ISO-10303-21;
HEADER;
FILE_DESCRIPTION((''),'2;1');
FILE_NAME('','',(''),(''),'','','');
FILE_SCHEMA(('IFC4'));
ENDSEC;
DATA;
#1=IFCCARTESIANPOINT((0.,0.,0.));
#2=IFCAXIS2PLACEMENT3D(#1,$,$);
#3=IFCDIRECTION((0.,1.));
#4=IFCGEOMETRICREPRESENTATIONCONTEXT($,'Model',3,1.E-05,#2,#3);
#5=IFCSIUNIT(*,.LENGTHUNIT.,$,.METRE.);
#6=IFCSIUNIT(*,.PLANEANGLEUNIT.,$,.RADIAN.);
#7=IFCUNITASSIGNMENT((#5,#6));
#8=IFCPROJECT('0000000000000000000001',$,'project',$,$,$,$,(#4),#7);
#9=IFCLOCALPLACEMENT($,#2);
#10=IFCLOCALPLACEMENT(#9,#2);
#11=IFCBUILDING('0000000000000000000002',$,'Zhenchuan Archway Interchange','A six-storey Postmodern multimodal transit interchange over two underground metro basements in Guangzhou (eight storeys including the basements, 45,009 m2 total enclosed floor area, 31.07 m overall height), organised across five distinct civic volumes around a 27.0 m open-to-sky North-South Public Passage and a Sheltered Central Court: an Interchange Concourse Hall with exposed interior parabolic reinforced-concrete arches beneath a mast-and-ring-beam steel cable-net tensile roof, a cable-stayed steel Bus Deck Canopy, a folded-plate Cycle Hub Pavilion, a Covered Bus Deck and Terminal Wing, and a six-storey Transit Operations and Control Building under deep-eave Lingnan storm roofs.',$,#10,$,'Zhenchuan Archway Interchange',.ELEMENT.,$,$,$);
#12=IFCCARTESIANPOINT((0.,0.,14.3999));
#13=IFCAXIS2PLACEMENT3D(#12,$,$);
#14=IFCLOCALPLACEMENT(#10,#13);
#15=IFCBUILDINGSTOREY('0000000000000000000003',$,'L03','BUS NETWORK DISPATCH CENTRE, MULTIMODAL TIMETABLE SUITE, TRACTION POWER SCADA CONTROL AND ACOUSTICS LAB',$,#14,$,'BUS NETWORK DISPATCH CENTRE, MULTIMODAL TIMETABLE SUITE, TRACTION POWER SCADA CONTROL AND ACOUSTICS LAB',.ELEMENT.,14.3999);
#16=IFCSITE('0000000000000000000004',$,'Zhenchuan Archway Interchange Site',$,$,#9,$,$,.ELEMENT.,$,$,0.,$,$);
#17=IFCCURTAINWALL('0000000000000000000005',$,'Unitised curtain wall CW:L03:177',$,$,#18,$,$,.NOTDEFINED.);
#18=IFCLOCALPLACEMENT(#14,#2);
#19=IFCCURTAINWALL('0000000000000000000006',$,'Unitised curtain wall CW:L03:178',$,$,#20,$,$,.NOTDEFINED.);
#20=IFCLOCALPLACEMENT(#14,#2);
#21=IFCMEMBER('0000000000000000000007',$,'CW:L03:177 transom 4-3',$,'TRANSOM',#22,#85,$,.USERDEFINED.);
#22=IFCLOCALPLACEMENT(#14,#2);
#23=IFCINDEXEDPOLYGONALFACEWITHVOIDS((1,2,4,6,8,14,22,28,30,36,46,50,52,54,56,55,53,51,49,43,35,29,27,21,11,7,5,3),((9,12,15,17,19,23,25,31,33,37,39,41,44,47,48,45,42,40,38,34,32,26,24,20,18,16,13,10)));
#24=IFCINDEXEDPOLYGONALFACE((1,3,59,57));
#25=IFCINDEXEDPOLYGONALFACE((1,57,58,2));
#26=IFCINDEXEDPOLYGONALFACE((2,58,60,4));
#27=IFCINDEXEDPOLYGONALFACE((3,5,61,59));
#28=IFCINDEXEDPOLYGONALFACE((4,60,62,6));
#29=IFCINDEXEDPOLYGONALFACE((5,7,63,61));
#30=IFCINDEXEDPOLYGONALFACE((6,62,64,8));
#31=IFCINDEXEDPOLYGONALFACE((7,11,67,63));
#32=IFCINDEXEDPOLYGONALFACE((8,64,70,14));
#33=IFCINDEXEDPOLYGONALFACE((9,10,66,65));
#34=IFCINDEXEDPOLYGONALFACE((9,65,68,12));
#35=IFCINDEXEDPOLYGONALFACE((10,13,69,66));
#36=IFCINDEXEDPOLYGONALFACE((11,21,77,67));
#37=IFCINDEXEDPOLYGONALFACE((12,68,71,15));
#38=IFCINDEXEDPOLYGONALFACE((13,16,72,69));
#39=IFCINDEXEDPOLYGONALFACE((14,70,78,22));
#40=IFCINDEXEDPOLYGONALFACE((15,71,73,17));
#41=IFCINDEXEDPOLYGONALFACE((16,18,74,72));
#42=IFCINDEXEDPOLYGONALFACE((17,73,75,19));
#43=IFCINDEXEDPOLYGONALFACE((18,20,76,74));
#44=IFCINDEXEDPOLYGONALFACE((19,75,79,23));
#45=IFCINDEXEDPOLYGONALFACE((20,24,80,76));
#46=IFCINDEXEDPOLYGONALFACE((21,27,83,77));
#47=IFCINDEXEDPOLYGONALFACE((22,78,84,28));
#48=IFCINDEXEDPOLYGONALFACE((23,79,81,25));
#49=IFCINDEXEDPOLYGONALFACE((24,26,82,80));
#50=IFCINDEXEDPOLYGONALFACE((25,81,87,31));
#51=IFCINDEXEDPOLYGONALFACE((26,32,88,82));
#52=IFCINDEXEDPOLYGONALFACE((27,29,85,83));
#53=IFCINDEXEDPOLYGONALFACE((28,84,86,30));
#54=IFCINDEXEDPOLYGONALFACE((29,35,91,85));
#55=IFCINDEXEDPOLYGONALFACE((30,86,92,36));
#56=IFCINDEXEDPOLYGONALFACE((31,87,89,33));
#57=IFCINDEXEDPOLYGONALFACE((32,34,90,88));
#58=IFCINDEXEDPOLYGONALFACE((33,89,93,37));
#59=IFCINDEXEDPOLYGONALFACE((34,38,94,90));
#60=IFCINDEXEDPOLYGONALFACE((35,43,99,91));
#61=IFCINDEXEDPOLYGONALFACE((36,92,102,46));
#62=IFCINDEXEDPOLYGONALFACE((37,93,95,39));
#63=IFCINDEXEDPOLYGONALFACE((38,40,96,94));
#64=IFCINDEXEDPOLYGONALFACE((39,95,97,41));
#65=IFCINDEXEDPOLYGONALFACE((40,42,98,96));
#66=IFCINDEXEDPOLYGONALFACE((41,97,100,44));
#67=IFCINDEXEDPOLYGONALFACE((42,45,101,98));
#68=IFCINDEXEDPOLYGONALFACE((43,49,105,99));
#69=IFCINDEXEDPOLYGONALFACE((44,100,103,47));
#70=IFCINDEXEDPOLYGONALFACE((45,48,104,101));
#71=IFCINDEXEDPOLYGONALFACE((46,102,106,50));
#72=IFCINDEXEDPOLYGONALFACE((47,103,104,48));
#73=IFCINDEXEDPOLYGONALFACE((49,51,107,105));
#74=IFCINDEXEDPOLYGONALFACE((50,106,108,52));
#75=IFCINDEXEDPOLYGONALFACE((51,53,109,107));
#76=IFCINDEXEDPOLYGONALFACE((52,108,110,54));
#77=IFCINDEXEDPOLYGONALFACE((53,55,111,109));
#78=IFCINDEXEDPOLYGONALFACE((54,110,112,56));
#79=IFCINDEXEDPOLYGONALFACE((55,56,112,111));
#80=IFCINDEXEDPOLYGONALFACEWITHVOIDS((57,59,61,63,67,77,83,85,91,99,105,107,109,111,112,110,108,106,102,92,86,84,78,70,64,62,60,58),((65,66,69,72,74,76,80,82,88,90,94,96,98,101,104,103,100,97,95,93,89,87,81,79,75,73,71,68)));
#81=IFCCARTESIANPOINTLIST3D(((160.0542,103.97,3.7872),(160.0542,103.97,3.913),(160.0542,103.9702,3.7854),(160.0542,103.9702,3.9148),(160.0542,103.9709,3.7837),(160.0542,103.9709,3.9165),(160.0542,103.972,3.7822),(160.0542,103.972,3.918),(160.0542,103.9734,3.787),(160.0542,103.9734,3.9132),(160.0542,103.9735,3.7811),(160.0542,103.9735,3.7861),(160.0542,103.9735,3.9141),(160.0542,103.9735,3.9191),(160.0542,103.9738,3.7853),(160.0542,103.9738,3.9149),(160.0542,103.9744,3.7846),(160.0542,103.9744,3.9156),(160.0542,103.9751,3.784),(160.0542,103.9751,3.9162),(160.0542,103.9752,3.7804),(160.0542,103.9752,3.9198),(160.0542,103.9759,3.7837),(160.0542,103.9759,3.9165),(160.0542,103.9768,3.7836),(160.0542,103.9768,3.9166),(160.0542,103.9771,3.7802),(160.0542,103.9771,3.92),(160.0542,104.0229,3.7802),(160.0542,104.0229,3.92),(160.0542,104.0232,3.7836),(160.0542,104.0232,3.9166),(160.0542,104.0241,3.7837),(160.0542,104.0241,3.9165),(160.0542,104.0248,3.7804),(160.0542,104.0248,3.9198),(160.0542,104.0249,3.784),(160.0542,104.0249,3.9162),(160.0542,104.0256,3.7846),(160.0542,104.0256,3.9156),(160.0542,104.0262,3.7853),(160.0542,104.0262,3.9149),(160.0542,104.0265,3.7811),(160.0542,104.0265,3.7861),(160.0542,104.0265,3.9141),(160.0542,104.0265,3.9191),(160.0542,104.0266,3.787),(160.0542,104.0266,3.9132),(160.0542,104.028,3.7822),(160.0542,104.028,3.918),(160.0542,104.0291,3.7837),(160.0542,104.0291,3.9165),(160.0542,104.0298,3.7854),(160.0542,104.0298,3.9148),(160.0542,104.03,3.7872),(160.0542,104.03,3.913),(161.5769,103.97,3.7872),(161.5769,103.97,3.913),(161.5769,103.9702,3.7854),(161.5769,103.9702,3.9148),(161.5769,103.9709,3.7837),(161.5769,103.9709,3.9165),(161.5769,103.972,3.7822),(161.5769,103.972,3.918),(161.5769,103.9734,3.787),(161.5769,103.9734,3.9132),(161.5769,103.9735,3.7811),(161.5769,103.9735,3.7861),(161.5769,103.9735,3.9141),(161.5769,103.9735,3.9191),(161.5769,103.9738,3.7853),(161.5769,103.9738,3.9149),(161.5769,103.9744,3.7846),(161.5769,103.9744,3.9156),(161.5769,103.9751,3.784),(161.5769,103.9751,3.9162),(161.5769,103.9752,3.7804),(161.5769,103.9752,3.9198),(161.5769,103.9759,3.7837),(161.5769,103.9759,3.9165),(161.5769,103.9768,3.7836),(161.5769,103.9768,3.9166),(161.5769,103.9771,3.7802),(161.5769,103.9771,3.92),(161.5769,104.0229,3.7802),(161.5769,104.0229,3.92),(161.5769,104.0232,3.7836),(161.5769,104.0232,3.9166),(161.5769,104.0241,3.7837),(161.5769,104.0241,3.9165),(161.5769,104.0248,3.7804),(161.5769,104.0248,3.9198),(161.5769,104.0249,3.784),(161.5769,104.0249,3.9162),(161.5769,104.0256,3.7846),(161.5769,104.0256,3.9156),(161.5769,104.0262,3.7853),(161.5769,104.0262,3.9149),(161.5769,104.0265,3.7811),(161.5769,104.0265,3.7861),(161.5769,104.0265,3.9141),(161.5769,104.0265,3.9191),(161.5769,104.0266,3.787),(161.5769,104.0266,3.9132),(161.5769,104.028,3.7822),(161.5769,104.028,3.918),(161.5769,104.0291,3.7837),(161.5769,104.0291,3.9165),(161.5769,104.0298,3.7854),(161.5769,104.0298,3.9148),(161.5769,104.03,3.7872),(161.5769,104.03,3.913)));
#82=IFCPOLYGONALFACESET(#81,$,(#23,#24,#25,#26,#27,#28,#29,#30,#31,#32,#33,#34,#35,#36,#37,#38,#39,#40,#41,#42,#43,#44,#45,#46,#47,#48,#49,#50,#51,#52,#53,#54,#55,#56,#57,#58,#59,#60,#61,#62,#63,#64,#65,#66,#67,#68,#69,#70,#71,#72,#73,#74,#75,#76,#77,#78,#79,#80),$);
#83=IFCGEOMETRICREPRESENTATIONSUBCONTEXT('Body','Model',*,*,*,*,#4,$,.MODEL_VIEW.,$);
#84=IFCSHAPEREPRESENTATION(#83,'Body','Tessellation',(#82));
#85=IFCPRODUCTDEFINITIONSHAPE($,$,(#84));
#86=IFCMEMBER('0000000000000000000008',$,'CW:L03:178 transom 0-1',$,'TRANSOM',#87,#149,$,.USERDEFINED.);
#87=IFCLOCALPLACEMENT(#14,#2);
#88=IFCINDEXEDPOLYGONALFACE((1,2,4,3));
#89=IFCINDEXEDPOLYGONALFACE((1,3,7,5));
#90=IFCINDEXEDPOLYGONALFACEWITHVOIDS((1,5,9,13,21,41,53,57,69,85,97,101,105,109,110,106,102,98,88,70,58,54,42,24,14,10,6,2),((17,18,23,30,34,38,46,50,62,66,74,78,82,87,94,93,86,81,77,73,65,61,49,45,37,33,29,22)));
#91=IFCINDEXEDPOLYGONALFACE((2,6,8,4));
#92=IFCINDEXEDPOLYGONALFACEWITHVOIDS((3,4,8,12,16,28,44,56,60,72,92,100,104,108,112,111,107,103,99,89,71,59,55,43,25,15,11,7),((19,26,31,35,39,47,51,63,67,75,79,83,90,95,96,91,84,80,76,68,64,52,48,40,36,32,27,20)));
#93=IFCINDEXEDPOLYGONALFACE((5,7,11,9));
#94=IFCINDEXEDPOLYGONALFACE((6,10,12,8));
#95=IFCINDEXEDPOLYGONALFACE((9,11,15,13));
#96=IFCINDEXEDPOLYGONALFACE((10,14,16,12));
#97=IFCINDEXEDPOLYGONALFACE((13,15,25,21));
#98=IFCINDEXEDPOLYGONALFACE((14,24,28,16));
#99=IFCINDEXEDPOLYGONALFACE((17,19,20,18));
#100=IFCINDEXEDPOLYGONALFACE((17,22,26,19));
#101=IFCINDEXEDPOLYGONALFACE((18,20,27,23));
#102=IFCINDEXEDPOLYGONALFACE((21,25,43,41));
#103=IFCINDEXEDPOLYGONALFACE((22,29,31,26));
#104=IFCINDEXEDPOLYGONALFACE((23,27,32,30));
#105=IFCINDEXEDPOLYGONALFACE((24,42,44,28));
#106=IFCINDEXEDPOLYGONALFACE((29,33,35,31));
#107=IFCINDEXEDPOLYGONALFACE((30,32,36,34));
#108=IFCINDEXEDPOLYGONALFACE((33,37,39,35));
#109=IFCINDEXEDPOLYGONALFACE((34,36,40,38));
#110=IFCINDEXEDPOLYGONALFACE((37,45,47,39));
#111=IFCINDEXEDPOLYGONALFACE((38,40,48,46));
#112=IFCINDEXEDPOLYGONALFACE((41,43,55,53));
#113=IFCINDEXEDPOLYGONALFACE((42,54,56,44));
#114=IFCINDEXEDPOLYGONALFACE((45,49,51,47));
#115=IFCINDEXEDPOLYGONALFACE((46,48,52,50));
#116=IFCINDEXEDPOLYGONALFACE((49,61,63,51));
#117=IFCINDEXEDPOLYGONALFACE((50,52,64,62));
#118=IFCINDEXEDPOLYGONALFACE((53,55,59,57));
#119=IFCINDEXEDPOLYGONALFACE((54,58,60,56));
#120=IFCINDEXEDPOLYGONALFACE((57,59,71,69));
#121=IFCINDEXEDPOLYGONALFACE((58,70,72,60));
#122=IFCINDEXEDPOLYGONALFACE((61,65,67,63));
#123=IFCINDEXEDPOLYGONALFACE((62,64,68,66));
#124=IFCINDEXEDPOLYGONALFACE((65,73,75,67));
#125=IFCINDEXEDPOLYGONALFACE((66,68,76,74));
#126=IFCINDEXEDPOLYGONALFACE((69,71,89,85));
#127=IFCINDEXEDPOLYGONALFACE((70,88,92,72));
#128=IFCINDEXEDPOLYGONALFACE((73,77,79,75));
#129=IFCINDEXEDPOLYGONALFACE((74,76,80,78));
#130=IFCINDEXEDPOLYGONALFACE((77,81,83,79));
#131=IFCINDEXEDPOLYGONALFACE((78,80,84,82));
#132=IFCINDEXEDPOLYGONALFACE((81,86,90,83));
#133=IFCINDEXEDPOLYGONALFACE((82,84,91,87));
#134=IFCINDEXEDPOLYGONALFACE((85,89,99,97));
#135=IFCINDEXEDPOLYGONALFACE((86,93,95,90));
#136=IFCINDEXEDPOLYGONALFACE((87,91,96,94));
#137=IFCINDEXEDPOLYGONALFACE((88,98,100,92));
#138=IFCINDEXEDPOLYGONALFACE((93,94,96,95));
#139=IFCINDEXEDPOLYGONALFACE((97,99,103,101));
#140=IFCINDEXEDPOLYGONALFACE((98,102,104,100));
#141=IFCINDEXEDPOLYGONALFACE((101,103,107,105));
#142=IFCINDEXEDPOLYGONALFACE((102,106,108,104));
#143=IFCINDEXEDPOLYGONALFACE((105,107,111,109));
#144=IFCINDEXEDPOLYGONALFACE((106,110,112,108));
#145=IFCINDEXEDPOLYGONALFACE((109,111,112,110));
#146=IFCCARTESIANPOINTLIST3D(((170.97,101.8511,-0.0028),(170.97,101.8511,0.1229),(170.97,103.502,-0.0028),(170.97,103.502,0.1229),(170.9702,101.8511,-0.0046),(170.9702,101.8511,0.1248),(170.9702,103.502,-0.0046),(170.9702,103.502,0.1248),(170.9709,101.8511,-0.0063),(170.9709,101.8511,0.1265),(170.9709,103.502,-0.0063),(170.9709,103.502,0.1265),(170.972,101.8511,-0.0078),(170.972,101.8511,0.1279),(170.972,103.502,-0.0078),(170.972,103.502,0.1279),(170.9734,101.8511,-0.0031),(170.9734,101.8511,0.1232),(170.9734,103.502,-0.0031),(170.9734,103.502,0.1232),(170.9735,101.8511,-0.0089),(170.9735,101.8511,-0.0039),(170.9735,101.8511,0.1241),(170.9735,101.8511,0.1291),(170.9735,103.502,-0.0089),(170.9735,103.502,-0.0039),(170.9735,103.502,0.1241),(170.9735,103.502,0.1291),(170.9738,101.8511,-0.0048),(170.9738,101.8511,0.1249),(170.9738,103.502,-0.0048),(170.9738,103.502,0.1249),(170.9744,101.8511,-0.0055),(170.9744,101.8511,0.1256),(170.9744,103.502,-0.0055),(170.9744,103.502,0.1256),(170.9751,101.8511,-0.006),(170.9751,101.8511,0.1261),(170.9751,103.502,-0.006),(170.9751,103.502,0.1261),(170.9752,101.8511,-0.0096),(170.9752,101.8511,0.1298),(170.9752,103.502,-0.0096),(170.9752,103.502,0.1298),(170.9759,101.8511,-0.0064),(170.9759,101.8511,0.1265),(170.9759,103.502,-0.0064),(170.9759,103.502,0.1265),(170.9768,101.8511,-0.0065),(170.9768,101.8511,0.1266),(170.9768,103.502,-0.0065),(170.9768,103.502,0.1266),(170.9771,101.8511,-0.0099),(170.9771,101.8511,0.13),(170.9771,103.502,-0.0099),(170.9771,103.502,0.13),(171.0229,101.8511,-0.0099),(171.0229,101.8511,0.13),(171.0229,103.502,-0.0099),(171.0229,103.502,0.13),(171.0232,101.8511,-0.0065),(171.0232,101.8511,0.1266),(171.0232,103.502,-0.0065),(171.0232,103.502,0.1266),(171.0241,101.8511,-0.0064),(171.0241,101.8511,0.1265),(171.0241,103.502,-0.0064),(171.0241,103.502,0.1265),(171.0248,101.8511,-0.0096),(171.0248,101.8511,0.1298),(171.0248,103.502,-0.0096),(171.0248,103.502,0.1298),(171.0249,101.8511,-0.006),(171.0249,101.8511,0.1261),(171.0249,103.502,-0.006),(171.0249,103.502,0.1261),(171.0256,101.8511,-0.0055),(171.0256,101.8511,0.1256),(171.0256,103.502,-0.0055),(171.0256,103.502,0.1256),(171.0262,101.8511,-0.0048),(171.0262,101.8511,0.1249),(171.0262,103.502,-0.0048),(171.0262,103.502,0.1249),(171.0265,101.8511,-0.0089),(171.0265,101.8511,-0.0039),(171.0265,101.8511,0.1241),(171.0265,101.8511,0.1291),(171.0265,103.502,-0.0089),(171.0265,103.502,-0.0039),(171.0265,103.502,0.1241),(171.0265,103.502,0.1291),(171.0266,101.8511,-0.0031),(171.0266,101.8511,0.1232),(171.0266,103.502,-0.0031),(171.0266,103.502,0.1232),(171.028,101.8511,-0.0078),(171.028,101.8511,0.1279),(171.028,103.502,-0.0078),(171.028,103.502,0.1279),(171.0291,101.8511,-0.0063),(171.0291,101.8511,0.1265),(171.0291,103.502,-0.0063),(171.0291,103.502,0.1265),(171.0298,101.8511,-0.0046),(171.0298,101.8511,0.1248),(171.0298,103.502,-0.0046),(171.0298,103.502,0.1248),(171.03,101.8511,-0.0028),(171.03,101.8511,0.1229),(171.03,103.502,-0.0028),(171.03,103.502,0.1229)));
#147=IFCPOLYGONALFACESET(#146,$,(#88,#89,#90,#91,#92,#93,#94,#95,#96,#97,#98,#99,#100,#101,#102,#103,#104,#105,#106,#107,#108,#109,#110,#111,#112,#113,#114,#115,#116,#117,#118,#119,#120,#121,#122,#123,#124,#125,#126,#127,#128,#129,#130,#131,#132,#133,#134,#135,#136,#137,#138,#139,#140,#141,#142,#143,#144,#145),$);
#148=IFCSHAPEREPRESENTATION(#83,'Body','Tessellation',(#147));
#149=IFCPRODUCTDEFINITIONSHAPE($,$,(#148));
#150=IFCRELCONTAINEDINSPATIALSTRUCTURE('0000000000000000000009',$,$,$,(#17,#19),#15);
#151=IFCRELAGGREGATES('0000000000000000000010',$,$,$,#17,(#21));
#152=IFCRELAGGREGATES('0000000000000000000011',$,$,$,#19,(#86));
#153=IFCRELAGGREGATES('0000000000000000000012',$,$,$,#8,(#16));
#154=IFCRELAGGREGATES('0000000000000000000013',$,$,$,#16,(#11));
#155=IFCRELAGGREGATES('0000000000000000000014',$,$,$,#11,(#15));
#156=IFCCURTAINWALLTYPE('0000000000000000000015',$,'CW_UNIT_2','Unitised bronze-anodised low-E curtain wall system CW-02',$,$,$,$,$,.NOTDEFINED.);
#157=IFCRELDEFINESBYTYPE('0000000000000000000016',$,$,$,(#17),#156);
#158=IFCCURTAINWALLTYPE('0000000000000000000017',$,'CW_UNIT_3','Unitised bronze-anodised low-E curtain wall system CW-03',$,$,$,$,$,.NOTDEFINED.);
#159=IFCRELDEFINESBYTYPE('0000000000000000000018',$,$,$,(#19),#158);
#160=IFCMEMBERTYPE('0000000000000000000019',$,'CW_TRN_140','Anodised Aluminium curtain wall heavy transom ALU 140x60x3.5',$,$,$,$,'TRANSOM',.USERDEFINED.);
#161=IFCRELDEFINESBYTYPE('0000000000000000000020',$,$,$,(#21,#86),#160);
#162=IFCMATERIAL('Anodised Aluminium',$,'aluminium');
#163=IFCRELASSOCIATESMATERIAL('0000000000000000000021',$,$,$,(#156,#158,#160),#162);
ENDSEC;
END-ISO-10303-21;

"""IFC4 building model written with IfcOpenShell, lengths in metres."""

from ifc_helpers import new_model, si_unit, direction, frame, origin, origin_2d, place, context, subcontext, project, spatial, hollow_rectangle, extrude, material, material_profile, profile_set, type_object, element, aggregate, save


model = new_model("IFC4")

# Units and contexts
model_context = context("Model", 3, precision=1e-05, world=origin(), true_north=direction((0.0, 1.0)))
body_context = subcontext(model_context, "Body", "Model", "MODEL_VIEW")
ifc_project = project(units=[si_unit("LENGTHUNIT", "METRE"), si_unit("PLANEANGLEUNIT", "RADIAN")], contexts=[model_context])

# Site, building, storey
site_placement = place(None, origin())
site = spatial("IfcSite", under=ifc_project, at=site_placement, Name="Zhenchuan Archway Interchange Site", CompositionType="ELEMENT", RefElevation=0.0)
building_placement = place(site_placement, origin())
building = spatial("IfcBuilding", under=site, at=building_placement, Name="Zhenchuan Archway Interchange", Description="A six-storey Postmodern multimodal transit interchange over two underground metro basements in Guangzhou (eight storeys including the basements, 45,009 m2 total enclosed floor area, 31.07 m overall height), organised across five distinct civic volumes around a 27.0 m open-to-sky North-South Public Passage and a Sheltered Central Court: an Interchange Concourse Hall with exposed interior parabolic reinforced-concrete arches beneath a mast-and-ring-beam steel cable-net tensile roof, a cable-stayed steel Bus Deck Canopy, a folded-plate Cycle Hub Pavilion, a Covered Bus Deck and Terminal Wing, and a six-storey Transit Operations and Control Building under deep-eave Lingnan storm roofs.", LongName="Zhenchuan Archway Interchange", CompositionType="ELEMENT")
storey_placement = place(building_placement, frame((0.0, 0.0, 14.3999)))
storey = spatial("IfcBuildingStorey", under=building, at=storey_placement, Name="L03", Description="BUS NETWORK DISPATCH CENTRE, MULTIMODAL TIMETABLE SUITE, TRACTION POWER SCADA CONTROL AND ACOUSTICS LAB", LongName="BUS NETWORK DISPATCH CENTRE, MULTIMODAL TIMETABLE SUITE, TRACTION POWER SCADA CONTROL AND ACOUSTICS LAB", CompositionType="ELEMENT", Elevation=14.3999)

# Curtain walls
ifc_material_1 = material(Name="Anodised Aluminium", Category="aluminium")
curtain_wall_type_1 = type_object("IfcCurtainWallType", Name="CW_UNIT_2", Description="Unitised bronze-anodised low-E curtain wall system CW-02", PredefinedType="NOTDEFINED", material=ifc_material_1)
curtain_wall_1_placement = place(storey_placement, origin())
curtain_wall_1 = element("IfcCurtainWall", 1, at=curtain_wall_1_placement, inside=storey, type_object=curtain_wall_type_1, Name="Unitised curtain wall CW:L03:177", PredefinedType="NOTDEFINED")
curtain_wall_type_2 = type_object("IfcCurtainWallType", Name="CW_UNIT_3", Description="Unitised bronze-anodised low-E curtain wall system CW-03", PredefinedType="NOTDEFINED", material=ifc_material_1)
curtain_wall_2_placement = place(storey_placement, origin())
curtain_wall_2 = element("IfcCurtainWall", 2, at=curtain_wall_2_placement, inside=storey, type_object=curtain_wall_type_2, Name="Unitised curtain wall CW:L03:178", PredefinedType="NOTDEFINED")

# Members
ifc_material_profile_1 = material_profile(ifc_material_1, hollow_rectangle(XDim=0.0601, YDim=0.1399, WallThickness=0.0034, InnerFilletRadius=0.0034, OuterFilletRadius=0.0071, at=origin_2d()), Name="ALU 140x60x3.5")
ifc_profile_set_1 = profile_set([ifc_material_profile_1], Name="Anodised Aluminium")
member_type_1 = type_object("IfcMemberType", Name="CW_TRN_140", Description="Anodised Aluminium curtain wall heavy transom ALU 140x60x3.5", ElementType="TRANSOM", PredefinedType="USERDEFINED", material=ifc_profile_set_1)
member_1_placement = place(storey_placement, frame((160.0542, 104.0, 3.8501), z_axis=(1.0, 0.0, 0.0), x_axis=(0.0, 1.0, 0.0)))
member_1 = element("IfcMember", 3, at=member_1_placement, type_object=member_type_1, Name="CW:L03:177 transom 4-3", ObjectType="TRANSOM", PredefinedType="USERDEFINED", context=body_context, shape_type="SweptSolid", body=[
    extrude(hollow_rectangle(XDim=0.0601, YDim=0.1399, WallThickness=0.0034, InnerFilletRadius=0.0034, OuterFilletRadius=0.0071, at=origin_2d()), origin(), (0.0, 0.0, 1.0), 1.5227),
])
member_2_placement = place(storey_placement, frame((171.0, 103.502, 0.0601), z_axis=(0.0, -1.0, 0.0), x_axis=(1.0, 0.0, 0.0)))
member_2 = element("IfcMember", 4, at=member_2_placement, type_object=member_type_1, Name="CW:L03:178 transom 0-1", ObjectType="TRANSOM", PredefinedType="USERDEFINED", context=body_context, shape_type="SweptSolid", body=[
    extrude(hollow_rectangle(XDim=0.0601, YDim=0.1399, WallThickness=0.0034, InnerFilletRadius=0.0034, OuterFilletRadius=0.0071, at=origin_2d()), origin(), (0.0, 0.0, 1.0), 1.6509),
])

aggregate(curtain_wall_1, [member_1])
aggregate(curtain_wall_2, [member_2])

save(model, "model.ifc")
